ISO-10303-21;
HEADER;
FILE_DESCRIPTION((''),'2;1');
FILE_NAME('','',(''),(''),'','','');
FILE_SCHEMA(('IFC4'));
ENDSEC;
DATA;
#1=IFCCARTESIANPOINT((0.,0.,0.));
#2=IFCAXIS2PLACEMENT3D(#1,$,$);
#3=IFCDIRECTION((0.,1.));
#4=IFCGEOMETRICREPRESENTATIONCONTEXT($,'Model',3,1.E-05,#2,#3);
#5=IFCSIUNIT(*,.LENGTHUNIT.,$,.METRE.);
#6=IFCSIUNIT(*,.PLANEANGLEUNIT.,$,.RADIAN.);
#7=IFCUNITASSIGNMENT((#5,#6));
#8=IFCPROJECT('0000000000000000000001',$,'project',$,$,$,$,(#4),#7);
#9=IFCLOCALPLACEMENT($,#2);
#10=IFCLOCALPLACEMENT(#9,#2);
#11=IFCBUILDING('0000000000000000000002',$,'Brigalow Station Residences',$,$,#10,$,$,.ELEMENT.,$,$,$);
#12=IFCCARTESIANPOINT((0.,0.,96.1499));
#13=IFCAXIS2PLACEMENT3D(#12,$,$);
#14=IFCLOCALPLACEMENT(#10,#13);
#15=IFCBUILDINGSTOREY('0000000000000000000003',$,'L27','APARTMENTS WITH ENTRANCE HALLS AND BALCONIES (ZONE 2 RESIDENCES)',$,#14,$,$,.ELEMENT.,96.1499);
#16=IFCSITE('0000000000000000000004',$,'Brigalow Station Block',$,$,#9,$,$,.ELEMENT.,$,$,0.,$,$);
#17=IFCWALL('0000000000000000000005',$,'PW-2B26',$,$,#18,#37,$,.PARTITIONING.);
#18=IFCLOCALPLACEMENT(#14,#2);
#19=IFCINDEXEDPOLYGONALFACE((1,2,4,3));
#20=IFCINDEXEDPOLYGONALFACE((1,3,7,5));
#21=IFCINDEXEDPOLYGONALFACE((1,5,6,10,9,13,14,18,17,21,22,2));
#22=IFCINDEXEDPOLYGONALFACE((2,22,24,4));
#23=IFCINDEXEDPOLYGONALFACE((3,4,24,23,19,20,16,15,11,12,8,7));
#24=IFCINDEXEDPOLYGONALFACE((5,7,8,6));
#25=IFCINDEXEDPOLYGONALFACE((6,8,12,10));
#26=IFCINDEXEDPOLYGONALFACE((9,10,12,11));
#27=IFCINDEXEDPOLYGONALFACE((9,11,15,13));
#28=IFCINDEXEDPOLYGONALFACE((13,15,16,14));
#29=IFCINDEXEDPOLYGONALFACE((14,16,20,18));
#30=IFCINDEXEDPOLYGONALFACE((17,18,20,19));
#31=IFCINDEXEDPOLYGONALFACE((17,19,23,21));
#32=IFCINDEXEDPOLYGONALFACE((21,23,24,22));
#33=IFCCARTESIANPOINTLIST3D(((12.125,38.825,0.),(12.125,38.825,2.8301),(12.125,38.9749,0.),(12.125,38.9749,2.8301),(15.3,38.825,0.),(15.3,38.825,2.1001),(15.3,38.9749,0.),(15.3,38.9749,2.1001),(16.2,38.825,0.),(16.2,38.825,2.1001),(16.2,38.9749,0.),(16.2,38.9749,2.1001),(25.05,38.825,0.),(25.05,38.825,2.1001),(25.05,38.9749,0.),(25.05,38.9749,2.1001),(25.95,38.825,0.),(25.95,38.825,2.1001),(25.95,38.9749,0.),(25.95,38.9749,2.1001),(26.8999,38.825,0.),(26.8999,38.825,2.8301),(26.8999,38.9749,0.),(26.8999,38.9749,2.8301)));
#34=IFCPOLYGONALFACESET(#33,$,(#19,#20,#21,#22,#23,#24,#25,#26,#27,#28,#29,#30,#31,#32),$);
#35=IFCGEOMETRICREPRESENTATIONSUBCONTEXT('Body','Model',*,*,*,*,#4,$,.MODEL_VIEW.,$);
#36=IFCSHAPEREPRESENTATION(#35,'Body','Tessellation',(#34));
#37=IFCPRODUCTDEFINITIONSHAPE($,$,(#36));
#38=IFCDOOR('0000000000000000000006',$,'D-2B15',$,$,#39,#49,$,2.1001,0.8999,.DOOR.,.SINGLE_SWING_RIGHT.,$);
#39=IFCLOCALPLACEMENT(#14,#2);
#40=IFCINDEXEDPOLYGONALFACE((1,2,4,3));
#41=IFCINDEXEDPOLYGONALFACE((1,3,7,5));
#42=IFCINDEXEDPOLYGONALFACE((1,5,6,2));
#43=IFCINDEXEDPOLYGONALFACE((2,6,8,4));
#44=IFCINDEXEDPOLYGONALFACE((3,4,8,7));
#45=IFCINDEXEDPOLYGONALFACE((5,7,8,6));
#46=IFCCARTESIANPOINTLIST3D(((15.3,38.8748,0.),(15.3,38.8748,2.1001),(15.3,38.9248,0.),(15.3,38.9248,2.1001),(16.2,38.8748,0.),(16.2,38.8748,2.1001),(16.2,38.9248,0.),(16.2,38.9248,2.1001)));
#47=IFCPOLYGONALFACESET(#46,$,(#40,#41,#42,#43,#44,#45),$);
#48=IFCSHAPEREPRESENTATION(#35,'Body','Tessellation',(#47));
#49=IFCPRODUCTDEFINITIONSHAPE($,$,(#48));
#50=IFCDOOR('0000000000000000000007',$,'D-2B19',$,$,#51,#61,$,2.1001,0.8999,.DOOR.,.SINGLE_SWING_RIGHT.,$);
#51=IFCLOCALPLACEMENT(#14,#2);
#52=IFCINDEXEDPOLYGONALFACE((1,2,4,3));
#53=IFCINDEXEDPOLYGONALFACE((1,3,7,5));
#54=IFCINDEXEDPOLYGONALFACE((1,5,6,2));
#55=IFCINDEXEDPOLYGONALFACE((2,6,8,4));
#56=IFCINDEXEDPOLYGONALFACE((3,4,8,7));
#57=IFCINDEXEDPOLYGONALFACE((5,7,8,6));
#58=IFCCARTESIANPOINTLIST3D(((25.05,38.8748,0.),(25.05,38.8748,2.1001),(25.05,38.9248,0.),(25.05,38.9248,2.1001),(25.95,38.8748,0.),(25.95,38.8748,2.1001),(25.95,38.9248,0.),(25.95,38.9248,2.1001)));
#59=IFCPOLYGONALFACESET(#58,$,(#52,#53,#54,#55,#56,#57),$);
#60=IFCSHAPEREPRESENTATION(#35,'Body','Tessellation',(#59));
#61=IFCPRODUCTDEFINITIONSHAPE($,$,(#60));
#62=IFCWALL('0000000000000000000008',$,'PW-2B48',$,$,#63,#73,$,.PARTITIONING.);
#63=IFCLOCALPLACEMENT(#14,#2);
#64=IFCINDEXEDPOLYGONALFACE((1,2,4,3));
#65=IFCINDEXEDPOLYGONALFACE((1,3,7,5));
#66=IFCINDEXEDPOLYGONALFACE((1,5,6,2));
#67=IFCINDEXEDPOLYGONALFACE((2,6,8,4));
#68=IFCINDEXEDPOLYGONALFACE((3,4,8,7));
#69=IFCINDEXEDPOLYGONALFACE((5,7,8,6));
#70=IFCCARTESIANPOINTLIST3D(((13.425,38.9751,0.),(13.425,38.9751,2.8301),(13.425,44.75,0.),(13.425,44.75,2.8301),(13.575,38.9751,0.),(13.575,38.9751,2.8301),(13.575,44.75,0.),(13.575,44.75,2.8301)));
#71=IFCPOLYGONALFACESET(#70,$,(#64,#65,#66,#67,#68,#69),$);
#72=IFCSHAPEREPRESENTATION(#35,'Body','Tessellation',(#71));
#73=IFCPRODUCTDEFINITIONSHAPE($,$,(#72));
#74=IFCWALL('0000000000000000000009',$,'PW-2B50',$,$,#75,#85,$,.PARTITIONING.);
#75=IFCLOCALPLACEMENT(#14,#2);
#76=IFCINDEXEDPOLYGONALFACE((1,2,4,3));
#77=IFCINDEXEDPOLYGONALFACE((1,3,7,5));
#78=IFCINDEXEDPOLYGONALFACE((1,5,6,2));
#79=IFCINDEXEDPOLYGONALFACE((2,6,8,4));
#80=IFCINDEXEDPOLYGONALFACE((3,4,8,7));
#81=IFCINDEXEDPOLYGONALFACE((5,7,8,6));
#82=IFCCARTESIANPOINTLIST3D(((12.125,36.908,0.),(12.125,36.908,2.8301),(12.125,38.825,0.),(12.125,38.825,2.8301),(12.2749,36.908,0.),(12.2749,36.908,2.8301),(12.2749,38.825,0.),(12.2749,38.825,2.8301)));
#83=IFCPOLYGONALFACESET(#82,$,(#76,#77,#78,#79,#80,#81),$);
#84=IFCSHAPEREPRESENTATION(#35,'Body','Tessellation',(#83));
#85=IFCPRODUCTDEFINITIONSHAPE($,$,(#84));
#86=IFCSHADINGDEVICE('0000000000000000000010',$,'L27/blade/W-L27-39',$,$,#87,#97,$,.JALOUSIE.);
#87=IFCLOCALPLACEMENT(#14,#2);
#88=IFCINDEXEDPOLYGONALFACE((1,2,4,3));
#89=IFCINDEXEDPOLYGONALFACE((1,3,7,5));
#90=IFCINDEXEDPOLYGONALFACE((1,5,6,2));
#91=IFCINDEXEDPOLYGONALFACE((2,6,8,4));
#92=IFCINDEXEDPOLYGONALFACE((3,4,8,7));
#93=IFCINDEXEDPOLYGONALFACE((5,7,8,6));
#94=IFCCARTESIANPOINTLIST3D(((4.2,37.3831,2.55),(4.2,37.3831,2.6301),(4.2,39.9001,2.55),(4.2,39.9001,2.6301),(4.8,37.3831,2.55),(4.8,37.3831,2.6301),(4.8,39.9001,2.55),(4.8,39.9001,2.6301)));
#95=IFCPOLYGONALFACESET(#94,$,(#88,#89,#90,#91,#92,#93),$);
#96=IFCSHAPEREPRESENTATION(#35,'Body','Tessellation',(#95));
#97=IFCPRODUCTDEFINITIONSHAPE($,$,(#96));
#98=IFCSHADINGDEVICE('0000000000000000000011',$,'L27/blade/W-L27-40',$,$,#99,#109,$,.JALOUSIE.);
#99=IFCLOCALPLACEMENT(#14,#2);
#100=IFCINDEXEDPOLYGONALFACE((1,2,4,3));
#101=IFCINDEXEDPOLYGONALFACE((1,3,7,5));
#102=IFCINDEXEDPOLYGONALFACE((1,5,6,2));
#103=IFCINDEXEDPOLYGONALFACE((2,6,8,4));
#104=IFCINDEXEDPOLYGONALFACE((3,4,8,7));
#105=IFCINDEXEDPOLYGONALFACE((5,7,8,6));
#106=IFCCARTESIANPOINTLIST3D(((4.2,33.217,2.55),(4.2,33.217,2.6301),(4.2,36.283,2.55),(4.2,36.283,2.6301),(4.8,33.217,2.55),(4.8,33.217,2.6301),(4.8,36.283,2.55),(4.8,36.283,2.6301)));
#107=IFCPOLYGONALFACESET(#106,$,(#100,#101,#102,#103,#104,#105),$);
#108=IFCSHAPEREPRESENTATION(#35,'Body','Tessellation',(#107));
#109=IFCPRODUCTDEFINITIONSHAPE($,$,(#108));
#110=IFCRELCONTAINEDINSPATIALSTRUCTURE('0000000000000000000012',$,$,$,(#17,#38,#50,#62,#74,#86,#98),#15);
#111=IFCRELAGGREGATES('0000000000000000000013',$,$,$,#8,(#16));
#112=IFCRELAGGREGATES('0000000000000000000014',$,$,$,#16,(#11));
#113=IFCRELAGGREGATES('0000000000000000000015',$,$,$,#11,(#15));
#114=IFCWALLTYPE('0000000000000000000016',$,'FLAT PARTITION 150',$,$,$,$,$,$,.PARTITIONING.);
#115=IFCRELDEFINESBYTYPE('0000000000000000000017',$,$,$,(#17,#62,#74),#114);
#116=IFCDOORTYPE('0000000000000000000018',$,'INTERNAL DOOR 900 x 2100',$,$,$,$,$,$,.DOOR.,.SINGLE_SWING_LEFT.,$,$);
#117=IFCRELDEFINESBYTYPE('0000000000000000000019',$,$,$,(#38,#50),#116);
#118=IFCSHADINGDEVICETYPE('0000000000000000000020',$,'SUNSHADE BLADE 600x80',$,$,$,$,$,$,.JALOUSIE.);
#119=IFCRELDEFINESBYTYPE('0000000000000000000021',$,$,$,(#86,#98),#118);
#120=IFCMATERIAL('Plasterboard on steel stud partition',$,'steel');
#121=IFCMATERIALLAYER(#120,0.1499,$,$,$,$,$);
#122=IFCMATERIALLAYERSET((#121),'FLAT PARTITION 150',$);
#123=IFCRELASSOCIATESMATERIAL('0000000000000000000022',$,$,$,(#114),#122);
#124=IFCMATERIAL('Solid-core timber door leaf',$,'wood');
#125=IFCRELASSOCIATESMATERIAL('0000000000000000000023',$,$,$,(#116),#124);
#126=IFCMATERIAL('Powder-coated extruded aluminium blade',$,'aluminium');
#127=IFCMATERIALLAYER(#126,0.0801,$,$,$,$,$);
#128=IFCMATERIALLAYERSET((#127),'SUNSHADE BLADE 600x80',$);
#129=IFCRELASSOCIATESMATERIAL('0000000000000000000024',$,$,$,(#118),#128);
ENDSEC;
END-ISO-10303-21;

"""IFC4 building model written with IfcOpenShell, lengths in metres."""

from ifc_helpers import new_model, si_unit, direction, frame, frame_2d, origin, origin_2d, place, context, subcontext, project, spatial, rectangle, extrude, material, layer, layer_set, type_object, element, fill, save


model = new_model("IFC4")

# Units and contexts
model_context = context("Model", 3, precision=1e-05, world=origin(), true_north=direction((0.0, 1.0)))
body_context = subcontext(model_context, "Body", "Model", "MODEL_VIEW")
ifc_project = project(units=[si_unit("LENGTHUNIT", "METRE"), si_unit("PLANEANGLEUNIT", "RADIAN")], contexts=[model_context])

# Site, building, storey
site_placement = place(None, origin())
site = spatial("IfcSite", under=ifc_project, at=site_placement, Name="Brigalow Station Block", CompositionType="ELEMENT", RefElevation=0.0)
building_placement = place(site_placement, origin())
building = spatial("IfcBuilding", under=site, at=building_placement, Name="Brigalow Station Residences", CompositionType="ELEMENT")
storey_placement = place(building_placement, frame((0.0, 0.0, 96.1499)))
storey = spatial("IfcBuildingStorey", under=building, at=storey_placement, Name="L27", Description="APARTMENTS WITH ENTRANCE HALLS AND BALCONIES (ZONE 2 RESIDENCES)", CompositionType="ELEMENT", Elevation=96.1499)

# Shared definitions
ifc_material_1 = material(Name="Plasterboard on steel stud partition", Category="steel")
ifc_layer_1 = layer(ifc_material_1, 0.1499)
ifc_layer_set_1 = layer_set([ifc_layer_1], Name="FLAT PARTITION 150")
wall_type_1 = type_object("IfcWallType", Name="FLAT PARTITION 150", PredefinedType="PARTITIONING", material=ifc_layer_set_1)
ifc_material_2 = material(Name="Solid-core timber door leaf", Category="wood")
door_type = type_object("IfcDoorType", Name="INTERNAL DOOR 900 x 2100", OperationType="SINGLE_SWING_LEFT", PredefinedType="DOOR", material=ifc_material_2)

# Wall, openings, doors
wall_1_placement = place(storey_placement, frame((12.125, 38.8999, 0.0), z_axis=(0.0, 0.0, 1.0), x_axis=(1.0, 0.0, 0.0)))
wall_1 = element("IfcWall", 1, at=wall_1_placement, inside=storey, type_object=wall_type_1, Name="PW-2B26", PredefinedType="PARTITIONING", context=body_context, shape_type="SweptSolid", body=[
    extrude(rectangle(XDim=14.7749, YDim=0.1499, at=frame_2d((7.3875, 0.0))), origin(), (0.0, 0.0, 1.0), 2.8301),
])
opening_1_placement = place(wall_1_placement, frame((3.175, 0.0, 0.0)))
opening_1 = element("IfcOpeningElement", 2, at=opening_1_placement, cuts=wall_1, PredefinedType="OPENING", context=body_context, shape_type="SweptSolid", body=[
    extrude(rectangle(XDim=0.8999, YDim=2.1001, at=frame_2d((0.45, 1.05))), frame((0.0, 0.085, 0.0), z_axis=(0.0, -1.0, 0.0), x_axis=(1.0, 0.0, 0.0)), (0.0, 0.0, 1.0), 0.1699),
])
opening_2_placement = place(wall_1_placement, frame((12.925, 0.0, 0.0)))
opening_2 = element("IfcOpeningElement", 3, at=opening_2_placement, cuts=wall_1, PredefinedType="OPENING", context=body_context, shape_type="SweptSolid", body=[
    extrude(rectangle(XDim=0.8999, YDim=2.1001, at=frame_2d((0.45, 1.05))), frame((0.0, 0.085, 0.0), z_axis=(0.0, -1.0, 0.0), x_axis=(1.0, 0.0, 0.0)), (0.0, 0.0, 1.0), 0.1699),
])
door_1_placement = place(opening_1_placement, origin())
door_1 = element("IfcDoor", 4, at=door_1_placement, inside=storey, type_object=door_type, Name="D-2B15", OperationType="SINGLE_SWING_RIGHT", OverallHeight=2.1001, OverallWidth=0.8999, PredefinedType="DOOR", context=body_context, shape_type="SweptSolid", body=[
    extrude(rectangle(XDim=0.8999, YDim=2.1001, at=frame_2d((0.45, 1.05))), frame((0.0, 0.0249, 0.0), z_axis=(0.0, -1.0, 0.0), x_axis=(1.0, 0.0, 0.0)), (0.0, 0.0, 1.0), 0.05),
])
fill(opening_1, door_1)
door_2_placement = place(opening_2_placement, origin())
door_2 = element("IfcDoor", 5, at=door_2_placement, inside=storey, type_object=door_type, Name="D-2B19", OperationType="SINGLE_SWING_RIGHT", OverallHeight=2.1001, OverallWidth=0.8999, PredefinedType="DOOR", context=body_context, shape_type="SweptSolid", body=[
    extrude(rectangle(XDim=0.8999, YDim=2.1001, at=frame_2d((0.45, 1.05))), frame((0.0, 0.0249, 0.0), z_axis=(0.0, -1.0, 0.0), x_axis=(1.0, 0.0, 0.0)), (0.0, 0.0, 1.0), 0.05),
])
fill(opening_2, door_2)

# Walls
wall_2_placement = place(storey_placement, frame((13.5, 38.9751, 0.0), z_axis=(0.0, 0.0, 1.0), x_axis=(0.0, 1.0, 0.0)))
element("IfcWall", 6, at=wall_2_placement, inside=storey, type_object=wall_type_1, Name="PW-2B48", PredefinedType="PARTITIONING", context=body_context, shape_type="SweptSolid", body=[
    extrude(rectangle(XDim=5.7749, YDim=0.1499, at=frame_2d((2.8875, 0.0))), origin(), (0.0, 0.0, 1.0), 2.8301),
])
wall_3_placement = place(storey_placement, frame((12.2, 36.908, 0.0), z_axis=(0.0, 0.0, 1.0), x_axis=(0.0, 1.0, 0.0)))
element("IfcWall", 7, at=wall_3_placement, inside=storey, type_object=wall_type_1, Name="PW-2B50", PredefinedType="PARTITIONING", context=body_context, shape_type="SweptSolid", body=[
    extrude(rectangle(XDim=1.917, YDim=0.1499, at=frame_2d((0.9585, 0.0))), origin(), (0.0, 0.0, 1.0), 2.8301),
])

# Shading devices
ifc_material_3 = material(Name="Powder-coated extruded aluminium blade", Category="aluminium")
ifc_layer_2 = layer(ifc_material_3, 0.0801)
ifc_layer_set_2 = layer_set([ifc_layer_2], Name="SUNSHADE BLADE 600x80")
shading_device_type = type_object("IfcShadingDeviceType", Name="SUNSHADE BLADE 600x80", PredefinedType="JALOUSIE", material=ifc_layer_set_2)
shading_device_1_placement = place(storey_placement, frame((4.5, 38.6416, 2.55), z_axis=(0.0, 0.0, 1.0), x_axis=(0.0, -1.0, 0.0)))
element("IfcShadingDevice", 8, at=shading_device_1_placement, inside=storey, type_object=shading_device_type, Name="L27/blade/W-L27-39", PredefinedType="JALOUSIE", context=body_context, shape_type="SweptSolid", body=[
    extrude(rectangle(XDim=2.5171, YDim=0.6001, at=origin_2d()), origin(), (0.0, 0.0, 1.0), 0.0801),
])
shading_device_2_placement = place(storey_placement, frame((4.5, 34.75, 2.55), z_axis=(0.0, 0.0, 1.0), x_axis=(0.0, -1.0, 0.0)))
element("IfcShadingDevice", 9, at=shading_device_2_placement, inside=storey, type_object=shading_device_type, Name="L27/blade/W-L27-40", PredefinedType="JALOUSIE", context=body_context, shape_type="SweptSolid", body=[
    extrude(rectangle(XDim=3.0659, YDim=0.6001, at=origin_2d()), origin(), (0.0, 0.0, 1.0), 0.0801),
])

save(model, "model.ifc")
